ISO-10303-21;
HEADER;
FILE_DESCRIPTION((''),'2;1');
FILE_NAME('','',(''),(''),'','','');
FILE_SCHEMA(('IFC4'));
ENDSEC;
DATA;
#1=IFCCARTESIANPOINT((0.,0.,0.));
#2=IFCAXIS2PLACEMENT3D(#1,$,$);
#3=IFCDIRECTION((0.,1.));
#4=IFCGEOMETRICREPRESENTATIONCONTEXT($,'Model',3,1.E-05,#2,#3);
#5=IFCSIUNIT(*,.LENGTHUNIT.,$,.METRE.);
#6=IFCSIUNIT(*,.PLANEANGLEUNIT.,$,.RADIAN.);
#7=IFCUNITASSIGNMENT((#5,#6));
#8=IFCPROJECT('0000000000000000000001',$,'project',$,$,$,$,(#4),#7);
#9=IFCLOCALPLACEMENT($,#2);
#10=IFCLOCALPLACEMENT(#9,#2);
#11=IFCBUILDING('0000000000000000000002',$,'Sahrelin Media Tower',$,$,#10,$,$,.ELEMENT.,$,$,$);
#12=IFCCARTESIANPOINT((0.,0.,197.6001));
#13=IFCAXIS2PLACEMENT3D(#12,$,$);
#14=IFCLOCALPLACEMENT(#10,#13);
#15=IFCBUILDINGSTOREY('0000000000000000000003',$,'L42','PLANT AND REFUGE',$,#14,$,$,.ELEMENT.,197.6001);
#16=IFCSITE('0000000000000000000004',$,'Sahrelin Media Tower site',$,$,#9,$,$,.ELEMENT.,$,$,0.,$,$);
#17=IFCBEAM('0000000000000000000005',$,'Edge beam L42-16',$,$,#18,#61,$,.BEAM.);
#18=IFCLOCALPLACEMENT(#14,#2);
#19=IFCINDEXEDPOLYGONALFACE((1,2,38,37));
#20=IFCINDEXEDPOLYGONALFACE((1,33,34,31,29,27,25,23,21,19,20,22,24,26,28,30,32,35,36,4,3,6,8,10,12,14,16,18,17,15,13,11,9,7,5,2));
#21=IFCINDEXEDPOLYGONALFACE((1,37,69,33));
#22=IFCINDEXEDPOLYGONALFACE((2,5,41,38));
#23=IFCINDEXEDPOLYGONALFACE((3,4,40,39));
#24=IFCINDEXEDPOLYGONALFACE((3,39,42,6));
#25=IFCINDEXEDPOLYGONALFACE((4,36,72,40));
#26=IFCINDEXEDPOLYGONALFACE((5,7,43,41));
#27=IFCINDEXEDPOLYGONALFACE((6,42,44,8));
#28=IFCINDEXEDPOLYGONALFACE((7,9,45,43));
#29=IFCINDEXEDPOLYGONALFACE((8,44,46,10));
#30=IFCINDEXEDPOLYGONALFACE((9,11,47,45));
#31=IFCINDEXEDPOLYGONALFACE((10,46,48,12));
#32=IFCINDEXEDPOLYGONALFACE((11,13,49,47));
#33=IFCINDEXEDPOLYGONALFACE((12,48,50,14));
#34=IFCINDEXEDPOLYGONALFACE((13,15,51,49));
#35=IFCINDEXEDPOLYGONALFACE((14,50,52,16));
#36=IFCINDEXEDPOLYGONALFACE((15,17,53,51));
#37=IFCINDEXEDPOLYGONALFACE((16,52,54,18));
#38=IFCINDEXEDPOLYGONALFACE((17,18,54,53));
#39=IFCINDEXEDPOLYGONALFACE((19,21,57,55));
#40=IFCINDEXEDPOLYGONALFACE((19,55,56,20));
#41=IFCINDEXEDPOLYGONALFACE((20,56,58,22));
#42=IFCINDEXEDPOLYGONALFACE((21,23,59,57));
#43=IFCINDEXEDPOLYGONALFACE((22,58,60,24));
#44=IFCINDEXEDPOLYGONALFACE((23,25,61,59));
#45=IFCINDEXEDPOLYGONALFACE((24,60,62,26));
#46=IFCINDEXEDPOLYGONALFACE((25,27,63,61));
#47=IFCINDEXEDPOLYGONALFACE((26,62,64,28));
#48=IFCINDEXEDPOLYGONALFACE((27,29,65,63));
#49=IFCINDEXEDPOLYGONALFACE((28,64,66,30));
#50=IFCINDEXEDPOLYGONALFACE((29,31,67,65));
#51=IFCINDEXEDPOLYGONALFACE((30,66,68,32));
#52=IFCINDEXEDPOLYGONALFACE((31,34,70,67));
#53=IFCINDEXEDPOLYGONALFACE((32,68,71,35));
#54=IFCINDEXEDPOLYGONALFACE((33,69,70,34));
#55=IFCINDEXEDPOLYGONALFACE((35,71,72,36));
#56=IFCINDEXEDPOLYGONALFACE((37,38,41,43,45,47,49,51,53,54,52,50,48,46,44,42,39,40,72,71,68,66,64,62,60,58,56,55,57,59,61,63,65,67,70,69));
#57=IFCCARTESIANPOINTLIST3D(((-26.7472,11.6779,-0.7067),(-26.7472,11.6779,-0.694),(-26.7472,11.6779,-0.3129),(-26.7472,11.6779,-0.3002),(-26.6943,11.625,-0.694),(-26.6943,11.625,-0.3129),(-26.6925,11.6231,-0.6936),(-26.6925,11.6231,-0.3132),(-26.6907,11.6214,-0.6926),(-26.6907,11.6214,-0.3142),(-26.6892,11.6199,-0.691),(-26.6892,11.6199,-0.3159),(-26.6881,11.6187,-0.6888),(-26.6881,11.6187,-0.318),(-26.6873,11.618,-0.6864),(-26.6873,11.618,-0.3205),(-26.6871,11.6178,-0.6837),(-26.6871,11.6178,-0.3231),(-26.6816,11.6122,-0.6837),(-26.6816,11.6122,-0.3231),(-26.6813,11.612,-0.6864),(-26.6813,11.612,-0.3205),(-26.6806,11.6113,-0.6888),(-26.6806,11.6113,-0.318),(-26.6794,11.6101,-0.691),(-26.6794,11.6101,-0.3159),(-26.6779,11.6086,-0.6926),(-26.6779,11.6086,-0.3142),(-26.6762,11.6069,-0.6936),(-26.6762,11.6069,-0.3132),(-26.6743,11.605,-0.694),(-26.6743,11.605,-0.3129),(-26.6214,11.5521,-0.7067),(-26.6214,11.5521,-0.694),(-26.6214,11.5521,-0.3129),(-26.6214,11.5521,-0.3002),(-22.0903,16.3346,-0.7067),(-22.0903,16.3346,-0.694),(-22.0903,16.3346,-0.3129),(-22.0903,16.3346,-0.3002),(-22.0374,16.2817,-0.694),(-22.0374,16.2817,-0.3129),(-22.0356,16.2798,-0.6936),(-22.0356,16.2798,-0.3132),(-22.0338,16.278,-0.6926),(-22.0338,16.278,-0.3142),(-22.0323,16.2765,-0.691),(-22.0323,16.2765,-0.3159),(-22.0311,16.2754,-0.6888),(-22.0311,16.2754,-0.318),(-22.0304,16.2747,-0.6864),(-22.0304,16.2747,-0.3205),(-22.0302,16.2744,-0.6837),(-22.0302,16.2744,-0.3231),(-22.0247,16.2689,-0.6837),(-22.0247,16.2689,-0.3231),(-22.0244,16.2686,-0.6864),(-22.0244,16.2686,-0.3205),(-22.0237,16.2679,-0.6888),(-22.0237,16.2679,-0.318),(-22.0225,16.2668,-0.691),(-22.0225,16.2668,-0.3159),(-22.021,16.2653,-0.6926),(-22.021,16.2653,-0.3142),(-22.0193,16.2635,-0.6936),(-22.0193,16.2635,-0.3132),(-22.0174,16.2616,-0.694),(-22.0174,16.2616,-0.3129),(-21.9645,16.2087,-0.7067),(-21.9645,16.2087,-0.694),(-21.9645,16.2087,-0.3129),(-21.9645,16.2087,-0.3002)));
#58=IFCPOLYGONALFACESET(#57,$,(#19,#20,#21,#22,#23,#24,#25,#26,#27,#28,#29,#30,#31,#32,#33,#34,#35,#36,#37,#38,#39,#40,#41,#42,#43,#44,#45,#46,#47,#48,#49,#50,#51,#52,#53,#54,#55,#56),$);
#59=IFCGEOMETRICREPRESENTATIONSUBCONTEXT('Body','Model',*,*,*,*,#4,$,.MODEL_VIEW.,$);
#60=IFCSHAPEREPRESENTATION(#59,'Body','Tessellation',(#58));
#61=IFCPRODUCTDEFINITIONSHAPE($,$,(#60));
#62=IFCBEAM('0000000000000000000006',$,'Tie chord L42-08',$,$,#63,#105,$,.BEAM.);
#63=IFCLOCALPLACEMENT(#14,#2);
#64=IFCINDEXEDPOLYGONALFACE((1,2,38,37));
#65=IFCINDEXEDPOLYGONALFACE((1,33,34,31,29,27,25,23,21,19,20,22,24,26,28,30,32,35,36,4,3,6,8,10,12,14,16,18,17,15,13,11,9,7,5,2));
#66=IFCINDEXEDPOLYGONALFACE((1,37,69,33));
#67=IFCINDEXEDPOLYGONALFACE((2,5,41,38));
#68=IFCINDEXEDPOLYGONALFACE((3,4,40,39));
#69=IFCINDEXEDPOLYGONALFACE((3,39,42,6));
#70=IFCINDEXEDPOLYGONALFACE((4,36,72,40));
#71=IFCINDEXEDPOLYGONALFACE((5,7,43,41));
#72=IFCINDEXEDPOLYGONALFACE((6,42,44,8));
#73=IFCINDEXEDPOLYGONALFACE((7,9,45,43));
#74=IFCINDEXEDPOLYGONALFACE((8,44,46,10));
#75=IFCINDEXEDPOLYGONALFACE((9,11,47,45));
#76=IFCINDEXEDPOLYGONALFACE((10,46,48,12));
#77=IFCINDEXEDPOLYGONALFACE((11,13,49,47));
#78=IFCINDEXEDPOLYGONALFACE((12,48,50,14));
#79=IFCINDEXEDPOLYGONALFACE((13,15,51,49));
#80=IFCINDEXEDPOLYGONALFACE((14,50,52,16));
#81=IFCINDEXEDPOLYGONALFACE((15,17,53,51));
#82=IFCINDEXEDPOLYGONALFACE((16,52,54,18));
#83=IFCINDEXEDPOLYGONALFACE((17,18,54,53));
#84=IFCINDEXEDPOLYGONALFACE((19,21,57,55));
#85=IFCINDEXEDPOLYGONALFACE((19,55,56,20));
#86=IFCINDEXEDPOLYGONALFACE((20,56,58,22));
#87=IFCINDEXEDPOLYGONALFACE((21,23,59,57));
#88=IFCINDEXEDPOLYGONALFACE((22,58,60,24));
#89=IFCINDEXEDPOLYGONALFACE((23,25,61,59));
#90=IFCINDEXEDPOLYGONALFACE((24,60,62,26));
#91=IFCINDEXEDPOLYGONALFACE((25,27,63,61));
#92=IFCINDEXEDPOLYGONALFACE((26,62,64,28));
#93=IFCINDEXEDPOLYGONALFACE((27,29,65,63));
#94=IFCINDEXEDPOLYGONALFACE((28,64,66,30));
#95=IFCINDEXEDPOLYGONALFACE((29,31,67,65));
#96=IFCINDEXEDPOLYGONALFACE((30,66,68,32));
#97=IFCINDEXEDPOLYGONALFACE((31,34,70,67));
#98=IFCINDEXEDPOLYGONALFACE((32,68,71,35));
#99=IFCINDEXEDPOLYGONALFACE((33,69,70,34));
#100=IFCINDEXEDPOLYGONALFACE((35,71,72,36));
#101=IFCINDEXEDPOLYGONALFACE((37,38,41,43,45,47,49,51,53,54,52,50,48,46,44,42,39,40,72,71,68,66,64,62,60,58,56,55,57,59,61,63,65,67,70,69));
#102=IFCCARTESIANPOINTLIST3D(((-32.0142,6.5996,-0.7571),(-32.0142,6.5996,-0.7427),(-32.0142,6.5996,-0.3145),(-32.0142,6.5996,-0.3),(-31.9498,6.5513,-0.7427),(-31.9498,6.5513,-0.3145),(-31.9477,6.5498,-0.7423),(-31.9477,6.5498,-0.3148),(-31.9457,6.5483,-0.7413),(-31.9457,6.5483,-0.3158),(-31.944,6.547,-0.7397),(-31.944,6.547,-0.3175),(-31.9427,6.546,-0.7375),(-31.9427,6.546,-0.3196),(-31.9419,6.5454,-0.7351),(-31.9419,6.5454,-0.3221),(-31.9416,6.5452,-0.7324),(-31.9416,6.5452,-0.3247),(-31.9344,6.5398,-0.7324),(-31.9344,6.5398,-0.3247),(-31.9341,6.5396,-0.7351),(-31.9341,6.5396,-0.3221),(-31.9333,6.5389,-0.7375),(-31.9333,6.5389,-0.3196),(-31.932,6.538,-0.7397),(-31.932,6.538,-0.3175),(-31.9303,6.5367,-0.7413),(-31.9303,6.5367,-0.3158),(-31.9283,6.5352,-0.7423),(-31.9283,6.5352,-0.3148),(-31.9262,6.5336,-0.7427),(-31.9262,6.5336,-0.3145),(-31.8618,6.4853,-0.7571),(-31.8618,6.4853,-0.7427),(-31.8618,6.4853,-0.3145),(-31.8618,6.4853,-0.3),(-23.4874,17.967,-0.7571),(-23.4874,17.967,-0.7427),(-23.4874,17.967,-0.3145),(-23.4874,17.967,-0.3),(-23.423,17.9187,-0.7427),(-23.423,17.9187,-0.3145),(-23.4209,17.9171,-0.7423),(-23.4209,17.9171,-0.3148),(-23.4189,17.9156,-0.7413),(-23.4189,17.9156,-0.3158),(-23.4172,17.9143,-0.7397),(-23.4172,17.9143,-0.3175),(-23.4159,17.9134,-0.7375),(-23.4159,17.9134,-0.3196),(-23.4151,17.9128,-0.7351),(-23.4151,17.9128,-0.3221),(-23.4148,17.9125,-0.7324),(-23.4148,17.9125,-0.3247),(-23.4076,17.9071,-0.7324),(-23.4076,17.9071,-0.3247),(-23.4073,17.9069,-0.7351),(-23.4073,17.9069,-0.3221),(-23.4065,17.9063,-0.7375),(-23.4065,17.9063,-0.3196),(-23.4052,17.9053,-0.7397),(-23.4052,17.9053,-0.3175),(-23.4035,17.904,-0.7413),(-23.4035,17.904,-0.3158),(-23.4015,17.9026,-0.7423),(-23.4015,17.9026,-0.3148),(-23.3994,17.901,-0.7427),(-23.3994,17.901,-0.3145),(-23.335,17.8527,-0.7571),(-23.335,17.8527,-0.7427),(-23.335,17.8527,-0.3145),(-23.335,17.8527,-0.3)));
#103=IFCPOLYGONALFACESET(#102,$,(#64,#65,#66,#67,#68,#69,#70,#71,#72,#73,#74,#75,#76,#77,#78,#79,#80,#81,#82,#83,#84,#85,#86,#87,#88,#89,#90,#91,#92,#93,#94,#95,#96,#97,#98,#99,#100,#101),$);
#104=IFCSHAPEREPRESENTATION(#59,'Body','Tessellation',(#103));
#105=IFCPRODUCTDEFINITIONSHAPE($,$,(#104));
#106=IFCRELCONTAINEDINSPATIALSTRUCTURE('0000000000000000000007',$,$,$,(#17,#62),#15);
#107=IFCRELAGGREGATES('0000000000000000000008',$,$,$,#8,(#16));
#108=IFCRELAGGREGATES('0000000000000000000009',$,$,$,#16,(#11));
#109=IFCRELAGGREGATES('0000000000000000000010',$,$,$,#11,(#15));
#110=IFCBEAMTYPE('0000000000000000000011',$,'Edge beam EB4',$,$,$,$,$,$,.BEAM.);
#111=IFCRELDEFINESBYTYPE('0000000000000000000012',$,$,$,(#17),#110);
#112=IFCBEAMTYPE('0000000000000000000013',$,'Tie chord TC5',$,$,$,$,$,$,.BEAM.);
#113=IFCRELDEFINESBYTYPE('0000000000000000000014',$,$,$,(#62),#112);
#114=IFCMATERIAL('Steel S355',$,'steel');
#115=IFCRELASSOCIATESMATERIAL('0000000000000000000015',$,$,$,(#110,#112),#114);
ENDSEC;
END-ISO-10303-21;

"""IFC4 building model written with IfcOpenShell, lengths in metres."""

from ifc_helpers import new_model, si_unit, direction, frame, origin, origin_2d, place, context, subcontext, project, spatial, i_section, extrude, material, material_profile, profile_set, type_object, element, save


model = new_model("IFC4")

# Units and contexts
model_context = context("Model", 3, precision=1e-05, world=origin(), true_north=direction((0.0, 1.0)))
body_context = subcontext(model_context, "Body", "Model", "MODEL_VIEW")
ifc_project = project(units=[si_unit("LENGTHUNIT", "METRE"), si_unit("PLANEANGLEUNIT", "RADIAN")], contexts=[model_context])

# Site, building, storey
site_placement = place(None, origin())
site = spatial("IfcSite", under=ifc_project, at=site_placement, Name="Sahrelin Media Tower site", CompositionType="ELEMENT", RefElevation=0.0)
building_placement = place(site_placement, origin())
building = spatial("IfcBuilding", under=site, at=building_placement, Name="Sahrelin Media Tower", CompositionType="ELEMENT")
storey_placement = place(building_placement, frame((0.0, 0.0, 197.6001)))
storey = spatial("IfcBuildingStorey", under=building, at=storey_placement, Name="L42", Description="PLANT AND REFUGE", CompositionType="ELEMENT", Elevation=197.6001)

# Beams
ifc_material_1 = material(Name="Steel S355", Category="steel")
ifc_material_profile_1 = material_profile(ifc_material_1, i_section(OverallWidth=0.178, OverallDepth=0.4065, WebThickness=0.0078, FlangeThickness=0.0127, FilletRadius=0.0103, at=origin_2d()), Name="UB 406x178x60")
ifc_profile_set_1 = profile_set([ifc_material_profile_1], Name="Steel S355")
beam_type_1 = type_object("IfcBeamType", Name="Edge beam EB4", PredefinedType="BEAM", material=ifc_profile_set_1)
beam_1_placement = place(storey_placement, frame((-26.6843, 11.615, -0.5034), z_axis=(0.707125, 0.707088, 0.0), x_axis=(-0.707088, 0.707125, 0.0)))
element("IfcBeam", 1, at=beam_1_placement, inside=storey, type_object=beam_type_1, Name="Edge beam L42-16", PredefinedType="BEAM", context=body_context, shape_type="SweptSolid", body=[
    extrude(i_section(OverallWidth=0.178, OverallDepth=0.4065, WebThickness=0.0078, FlangeThickness=0.0127, FilletRadius=0.0103, at=origin_2d()), origin(), (0.0, 0.0, 1.0), 6.5857),
])
ifc_material_profile_2 = material_profile(ifc_material_1, i_section(OverallWidth=0.1904, OverallDepth=0.457, WebThickness=0.009, FlangeThickness=0.0144, FilletRadius=0.0103, at=origin_2d()), Name="UB 457x191x74")
ifc_profile_set_2 = profile_set([ifc_material_profile_2], Name="Steel S355")
beam_type_2 = type_object("IfcBeamType", Name="Tie chord TC5", PredefinedType="BEAM", material=ifc_profile_set_2)
beam_2_placement = place(storey_placement, frame((-31.938, 6.5425, -0.5286), z_axis=(0.600058, 0.799957, 0.0), x_axis=(-0.799957, 0.600058, 0.0)))
element("IfcBeam", 2, at=beam_2_placement, inside=storey, type_object=beam_type_2, Name="Tie chord L42-08", PredefinedType="BEAM", context=body_context, shape_type="SweptSolid", body=[
    extrude(i_section(OverallWidth=0.1904, OverallDepth=0.457, WebThickness=0.009, FlangeThickness=0.0144, FilletRadius=0.0103, at=origin_2d()), origin(), (0.0, 0.0, 1.0), 14.21),
])

save(model, "model.ifc")
